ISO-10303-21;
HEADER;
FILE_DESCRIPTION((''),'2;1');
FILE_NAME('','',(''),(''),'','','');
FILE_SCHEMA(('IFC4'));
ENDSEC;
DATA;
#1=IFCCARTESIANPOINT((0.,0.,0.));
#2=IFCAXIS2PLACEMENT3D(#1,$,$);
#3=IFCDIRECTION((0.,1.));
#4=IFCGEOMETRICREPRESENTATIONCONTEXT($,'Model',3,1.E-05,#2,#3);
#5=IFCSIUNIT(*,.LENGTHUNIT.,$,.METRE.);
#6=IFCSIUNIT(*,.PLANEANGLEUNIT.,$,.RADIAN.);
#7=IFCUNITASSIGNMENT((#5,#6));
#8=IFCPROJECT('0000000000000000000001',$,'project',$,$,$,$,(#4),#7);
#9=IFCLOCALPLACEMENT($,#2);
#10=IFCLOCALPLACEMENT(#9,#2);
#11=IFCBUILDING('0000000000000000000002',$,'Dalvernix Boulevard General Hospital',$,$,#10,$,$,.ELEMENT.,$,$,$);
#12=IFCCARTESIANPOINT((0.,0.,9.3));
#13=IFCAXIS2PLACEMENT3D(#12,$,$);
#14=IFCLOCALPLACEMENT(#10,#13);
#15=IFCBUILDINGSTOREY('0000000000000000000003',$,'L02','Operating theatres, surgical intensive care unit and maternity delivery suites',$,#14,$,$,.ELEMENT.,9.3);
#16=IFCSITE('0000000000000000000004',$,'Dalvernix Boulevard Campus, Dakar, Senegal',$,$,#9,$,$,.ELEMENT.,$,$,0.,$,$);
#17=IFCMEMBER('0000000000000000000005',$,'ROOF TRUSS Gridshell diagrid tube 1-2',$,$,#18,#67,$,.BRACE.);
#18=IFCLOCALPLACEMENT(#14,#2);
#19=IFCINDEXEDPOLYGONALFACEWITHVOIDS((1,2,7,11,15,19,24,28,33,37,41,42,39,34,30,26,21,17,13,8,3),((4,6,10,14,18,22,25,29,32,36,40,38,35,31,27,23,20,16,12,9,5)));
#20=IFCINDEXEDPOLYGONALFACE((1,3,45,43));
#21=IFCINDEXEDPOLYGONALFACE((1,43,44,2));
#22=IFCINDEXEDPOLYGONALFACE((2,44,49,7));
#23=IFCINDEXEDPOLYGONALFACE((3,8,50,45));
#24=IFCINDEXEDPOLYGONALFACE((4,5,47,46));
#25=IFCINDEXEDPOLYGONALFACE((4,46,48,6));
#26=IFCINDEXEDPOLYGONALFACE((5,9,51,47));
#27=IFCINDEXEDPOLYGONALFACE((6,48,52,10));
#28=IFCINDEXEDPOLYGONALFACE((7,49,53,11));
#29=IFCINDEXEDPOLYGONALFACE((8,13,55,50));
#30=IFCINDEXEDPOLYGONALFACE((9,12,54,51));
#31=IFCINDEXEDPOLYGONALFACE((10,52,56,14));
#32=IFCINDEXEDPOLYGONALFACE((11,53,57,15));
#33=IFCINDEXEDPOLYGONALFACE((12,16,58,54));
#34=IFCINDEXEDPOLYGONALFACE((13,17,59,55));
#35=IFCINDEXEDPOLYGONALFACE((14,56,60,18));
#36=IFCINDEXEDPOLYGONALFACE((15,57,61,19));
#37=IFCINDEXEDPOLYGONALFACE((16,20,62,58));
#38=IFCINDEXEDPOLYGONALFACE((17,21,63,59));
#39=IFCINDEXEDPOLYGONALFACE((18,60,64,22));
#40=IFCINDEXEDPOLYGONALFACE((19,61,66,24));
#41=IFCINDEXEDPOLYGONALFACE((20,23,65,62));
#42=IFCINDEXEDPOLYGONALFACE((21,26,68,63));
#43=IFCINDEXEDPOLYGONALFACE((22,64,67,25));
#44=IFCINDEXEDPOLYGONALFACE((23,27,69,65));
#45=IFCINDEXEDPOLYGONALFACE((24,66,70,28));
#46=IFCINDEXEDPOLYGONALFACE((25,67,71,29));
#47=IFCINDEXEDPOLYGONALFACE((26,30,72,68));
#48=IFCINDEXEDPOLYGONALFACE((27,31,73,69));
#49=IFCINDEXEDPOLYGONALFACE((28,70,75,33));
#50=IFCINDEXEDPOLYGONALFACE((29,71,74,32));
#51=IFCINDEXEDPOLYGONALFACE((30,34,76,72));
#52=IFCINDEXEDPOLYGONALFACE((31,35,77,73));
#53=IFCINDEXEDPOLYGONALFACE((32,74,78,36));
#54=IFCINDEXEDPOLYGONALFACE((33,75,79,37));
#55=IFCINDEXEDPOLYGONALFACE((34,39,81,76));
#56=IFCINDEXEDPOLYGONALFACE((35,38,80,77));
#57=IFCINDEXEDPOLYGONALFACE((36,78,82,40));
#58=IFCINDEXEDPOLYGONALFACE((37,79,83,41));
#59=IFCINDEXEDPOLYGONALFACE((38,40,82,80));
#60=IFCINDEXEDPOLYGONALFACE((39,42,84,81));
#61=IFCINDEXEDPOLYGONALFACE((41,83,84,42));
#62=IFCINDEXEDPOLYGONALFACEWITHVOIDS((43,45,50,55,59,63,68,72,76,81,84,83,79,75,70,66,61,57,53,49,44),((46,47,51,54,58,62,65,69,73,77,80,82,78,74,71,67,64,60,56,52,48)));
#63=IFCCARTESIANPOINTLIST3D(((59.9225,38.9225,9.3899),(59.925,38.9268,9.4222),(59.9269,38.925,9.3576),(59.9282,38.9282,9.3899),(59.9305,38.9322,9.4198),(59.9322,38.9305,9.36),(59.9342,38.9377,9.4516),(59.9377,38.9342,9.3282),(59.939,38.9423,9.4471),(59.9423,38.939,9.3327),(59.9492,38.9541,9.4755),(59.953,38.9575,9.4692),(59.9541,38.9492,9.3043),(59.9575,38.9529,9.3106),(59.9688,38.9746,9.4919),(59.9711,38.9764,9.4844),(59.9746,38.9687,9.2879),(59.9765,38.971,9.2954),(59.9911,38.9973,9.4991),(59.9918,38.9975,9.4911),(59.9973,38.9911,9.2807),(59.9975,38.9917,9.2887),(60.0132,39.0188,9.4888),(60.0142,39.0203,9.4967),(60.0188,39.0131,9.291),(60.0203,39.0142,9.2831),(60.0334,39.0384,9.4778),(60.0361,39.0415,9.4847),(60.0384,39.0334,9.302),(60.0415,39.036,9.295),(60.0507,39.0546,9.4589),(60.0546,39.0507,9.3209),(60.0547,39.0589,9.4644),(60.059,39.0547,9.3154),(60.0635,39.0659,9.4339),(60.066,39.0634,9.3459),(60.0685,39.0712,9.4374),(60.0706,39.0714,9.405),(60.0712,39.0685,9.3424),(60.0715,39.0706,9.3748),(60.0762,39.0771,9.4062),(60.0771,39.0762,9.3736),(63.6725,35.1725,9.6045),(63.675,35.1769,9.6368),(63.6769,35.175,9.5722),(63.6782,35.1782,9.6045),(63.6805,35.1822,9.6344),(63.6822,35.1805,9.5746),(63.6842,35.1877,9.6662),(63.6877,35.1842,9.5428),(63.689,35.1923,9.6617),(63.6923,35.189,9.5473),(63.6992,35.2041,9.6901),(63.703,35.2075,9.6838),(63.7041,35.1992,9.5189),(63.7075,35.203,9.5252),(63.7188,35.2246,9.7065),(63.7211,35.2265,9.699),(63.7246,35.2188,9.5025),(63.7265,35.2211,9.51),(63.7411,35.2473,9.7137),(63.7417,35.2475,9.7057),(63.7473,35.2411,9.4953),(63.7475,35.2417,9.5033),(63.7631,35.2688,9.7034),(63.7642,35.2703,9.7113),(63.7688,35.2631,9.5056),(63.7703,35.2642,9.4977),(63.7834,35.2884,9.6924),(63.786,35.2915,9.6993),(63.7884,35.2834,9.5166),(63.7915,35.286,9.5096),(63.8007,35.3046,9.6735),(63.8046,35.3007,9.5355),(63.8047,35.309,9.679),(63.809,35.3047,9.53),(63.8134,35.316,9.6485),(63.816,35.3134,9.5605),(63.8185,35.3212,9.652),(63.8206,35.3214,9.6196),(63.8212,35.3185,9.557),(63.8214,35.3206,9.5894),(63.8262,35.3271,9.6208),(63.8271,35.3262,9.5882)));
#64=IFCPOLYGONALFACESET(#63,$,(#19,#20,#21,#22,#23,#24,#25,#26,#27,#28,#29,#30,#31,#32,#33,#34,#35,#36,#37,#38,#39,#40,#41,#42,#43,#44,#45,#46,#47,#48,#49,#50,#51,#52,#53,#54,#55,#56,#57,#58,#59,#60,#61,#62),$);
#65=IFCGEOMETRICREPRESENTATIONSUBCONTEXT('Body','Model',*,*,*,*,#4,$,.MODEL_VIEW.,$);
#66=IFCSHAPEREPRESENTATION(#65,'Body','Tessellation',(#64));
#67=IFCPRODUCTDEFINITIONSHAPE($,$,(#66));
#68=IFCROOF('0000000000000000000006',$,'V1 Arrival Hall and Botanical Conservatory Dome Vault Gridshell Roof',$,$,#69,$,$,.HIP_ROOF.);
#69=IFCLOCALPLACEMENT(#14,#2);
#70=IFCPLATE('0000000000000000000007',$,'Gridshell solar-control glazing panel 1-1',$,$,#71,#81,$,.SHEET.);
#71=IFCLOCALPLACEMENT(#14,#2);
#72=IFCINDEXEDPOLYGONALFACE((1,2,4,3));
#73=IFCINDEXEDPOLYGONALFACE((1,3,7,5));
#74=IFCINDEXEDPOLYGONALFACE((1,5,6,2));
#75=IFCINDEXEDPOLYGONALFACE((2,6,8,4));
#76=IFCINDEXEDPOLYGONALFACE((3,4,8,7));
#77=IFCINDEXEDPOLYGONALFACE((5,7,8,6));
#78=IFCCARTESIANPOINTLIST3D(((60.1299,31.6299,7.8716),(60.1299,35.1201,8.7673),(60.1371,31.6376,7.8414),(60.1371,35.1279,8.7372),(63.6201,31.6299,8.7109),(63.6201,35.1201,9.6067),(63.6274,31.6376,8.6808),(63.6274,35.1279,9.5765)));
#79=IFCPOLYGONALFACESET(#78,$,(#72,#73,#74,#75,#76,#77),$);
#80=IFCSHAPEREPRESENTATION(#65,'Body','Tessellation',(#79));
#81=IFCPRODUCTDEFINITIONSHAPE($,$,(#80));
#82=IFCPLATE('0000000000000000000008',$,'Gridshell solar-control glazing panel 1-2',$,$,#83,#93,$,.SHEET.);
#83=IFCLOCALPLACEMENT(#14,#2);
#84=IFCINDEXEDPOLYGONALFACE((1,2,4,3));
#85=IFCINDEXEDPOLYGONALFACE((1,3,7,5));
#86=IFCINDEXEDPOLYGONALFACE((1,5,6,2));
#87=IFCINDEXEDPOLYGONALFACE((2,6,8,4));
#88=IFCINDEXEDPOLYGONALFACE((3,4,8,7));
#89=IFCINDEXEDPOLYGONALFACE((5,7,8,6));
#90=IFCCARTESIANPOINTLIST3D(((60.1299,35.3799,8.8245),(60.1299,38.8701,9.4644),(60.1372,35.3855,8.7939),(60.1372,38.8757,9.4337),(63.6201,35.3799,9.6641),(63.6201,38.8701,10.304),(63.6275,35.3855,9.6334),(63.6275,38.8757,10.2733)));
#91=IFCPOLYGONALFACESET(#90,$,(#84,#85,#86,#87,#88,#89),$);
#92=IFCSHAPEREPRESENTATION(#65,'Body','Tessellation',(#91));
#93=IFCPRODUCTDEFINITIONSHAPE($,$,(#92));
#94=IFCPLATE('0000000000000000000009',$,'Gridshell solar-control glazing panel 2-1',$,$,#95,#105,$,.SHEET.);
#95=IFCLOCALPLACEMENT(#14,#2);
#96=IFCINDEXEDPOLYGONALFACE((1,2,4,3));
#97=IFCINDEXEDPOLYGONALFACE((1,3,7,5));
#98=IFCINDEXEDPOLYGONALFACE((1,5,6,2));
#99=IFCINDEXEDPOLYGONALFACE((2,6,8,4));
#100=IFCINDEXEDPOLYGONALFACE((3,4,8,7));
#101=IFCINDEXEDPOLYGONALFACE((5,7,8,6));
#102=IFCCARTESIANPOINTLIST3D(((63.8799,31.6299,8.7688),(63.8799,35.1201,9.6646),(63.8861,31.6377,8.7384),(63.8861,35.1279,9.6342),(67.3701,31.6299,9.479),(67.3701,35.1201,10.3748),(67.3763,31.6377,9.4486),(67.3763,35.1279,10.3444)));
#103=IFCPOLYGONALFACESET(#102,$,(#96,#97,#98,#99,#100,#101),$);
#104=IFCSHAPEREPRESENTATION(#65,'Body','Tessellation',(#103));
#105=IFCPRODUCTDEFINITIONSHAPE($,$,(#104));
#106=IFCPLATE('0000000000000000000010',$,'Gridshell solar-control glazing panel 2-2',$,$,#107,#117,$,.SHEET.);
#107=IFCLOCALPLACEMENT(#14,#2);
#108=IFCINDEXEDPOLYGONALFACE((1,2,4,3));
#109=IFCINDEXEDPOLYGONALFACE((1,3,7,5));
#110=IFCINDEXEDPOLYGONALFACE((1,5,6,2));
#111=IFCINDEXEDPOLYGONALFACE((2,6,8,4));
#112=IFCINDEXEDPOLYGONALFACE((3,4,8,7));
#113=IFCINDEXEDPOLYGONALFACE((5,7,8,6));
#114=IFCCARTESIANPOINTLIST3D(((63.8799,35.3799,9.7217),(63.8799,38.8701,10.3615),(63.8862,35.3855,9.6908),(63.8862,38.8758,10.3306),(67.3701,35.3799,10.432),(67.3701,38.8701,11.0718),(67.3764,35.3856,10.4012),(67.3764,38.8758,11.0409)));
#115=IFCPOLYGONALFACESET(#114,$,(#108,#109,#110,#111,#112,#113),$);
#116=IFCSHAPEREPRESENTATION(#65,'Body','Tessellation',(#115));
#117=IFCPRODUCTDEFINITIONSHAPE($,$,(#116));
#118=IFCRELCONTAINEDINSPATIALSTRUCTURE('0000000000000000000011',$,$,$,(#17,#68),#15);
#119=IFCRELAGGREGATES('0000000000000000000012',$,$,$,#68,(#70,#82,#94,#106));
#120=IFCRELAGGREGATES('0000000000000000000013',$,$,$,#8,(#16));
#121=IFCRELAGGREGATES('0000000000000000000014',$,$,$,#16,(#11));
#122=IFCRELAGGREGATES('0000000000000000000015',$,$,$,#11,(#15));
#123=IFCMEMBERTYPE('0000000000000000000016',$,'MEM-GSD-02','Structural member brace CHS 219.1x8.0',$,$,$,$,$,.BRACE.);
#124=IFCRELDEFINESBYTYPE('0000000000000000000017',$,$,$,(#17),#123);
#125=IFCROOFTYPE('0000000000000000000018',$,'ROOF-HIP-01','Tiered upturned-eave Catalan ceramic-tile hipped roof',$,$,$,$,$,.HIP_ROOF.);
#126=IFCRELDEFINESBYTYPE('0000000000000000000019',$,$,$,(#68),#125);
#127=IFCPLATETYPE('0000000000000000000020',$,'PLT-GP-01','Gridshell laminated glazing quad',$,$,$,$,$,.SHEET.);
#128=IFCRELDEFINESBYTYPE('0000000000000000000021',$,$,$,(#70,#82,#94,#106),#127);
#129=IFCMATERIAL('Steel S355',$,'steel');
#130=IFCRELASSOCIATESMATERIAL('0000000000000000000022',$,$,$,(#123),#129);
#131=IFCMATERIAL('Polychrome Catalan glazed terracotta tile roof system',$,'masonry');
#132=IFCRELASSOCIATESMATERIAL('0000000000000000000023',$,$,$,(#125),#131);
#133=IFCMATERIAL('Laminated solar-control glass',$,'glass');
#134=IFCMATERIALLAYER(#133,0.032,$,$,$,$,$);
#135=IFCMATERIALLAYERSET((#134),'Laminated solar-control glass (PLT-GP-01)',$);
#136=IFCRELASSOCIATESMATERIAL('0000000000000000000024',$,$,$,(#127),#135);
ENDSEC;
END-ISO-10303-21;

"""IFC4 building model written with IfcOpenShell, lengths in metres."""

from ifc_helpers import new_model, si_unit, direction, frame, origin, origin_2d, place, context, subcontext, project, spatial, polyline, hollow_circle, outline, extrude, material, layer, layer_set, material_profile, profile_set, type_object, element, aggregate, save


model = new_model("IFC4")

# Units and contexts
model_context = context("Model", 3, precision=1e-05, world=origin(), true_north=direction((0.0, 1.0)))
body_context = subcontext(model_context, "Body", "Model", "MODEL_VIEW")
ifc_project = project(units=[si_unit("LENGTHUNIT", "METRE"), si_unit("PLANEANGLEUNIT", "RADIAN")], contexts=[model_context])

# Site, building, storey
site_placement = place(None, origin())
site = spatial("IfcSite", under=ifc_project, at=site_placement, Name="Dalvernix Boulevard Campus, Dakar, Senegal", CompositionType="ELEMENT", RefElevation=0.0)
building_placement = place(site_placement, origin())
building = spatial("IfcBuilding", under=site, at=building_placement, Name="Dalvernix Boulevard General Hospital", CompositionType="ELEMENT")
storey_placement = place(building_placement, frame((0.0, 0.0, 9.3)))
storey = spatial("IfcBuildingStorey", under=building, at=storey_placement, Name="L02", Description="Operating theatres, surgical intensive care unit and maternity delivery suites", CompositionType="ELEMENT", Elevation=9.3)

# Shared definitions
ifc_material_1 = material(Name="Steel S355", Category="steel")

# Member
ifc_material_profile_1 = material_profile(ifc_material_1, hollow_circle(Radius=0.1096, WallThickness=0.0081, at=origin_2d()), Name="CHS 219.1x8.0")
ifc_profile_set_1 = profile_set([ifc_material_profile_1], Name="Steel S355")
member_type_1 = type_object("IfcMemberType", Name="MEM-GSD-02", Description="Structural member brace CHS 219.1x8.0", PredefinedType="BRACE", material=ifc_profile_set_1)
member_1_placement = place(storey_placement, frame((63.75, 35.25, 9.6045), z_axis=(-0.706529, 0.706529, -0.040432), x_axis=(-0.707107, -0.707107, 0.0)))
element("IfcMember", 1, at=member_1_placement, inside=storey, type_object=member_type_1, Name="ROOF TRUSS Gridshell diagrid tube 1-2", PredefinedType="BRACE", context=body_context, shape_type="SweptSolid", body=[
    extrude(hollow_circle(Radius=0.1096, WallThickness=0.0081, at=origin_2d()), origin(), (0.0, 0.0, 1.0), 5.3076),
])

# Roof, plates
ifc_material_2 = material(Name="Polychrome Catalan glazed terracotta tile roof system", Category="masonry")
roof_type = type_object("IfcRoofType", Name="ROOF-HIP-01", Description="Tiered upturned-eave Catalan ceramic-tile hipped roof", PredefinedType="HIP_ROOF", material=ifc_material_2)
roof_placement = place(storey_placement, origin())
roof = element("IfcRoof", 2, at=roof_placement, inside=storey, type_object=roof_type, Name="V1 Arrival Hall and Botanical Conservatory Dome Vault Gridshell Roof", PredefinedType="HIP_ROOF")
ifc_material_3 = material(Name="Laminated solar-control glass", Category="glass")
ifc_layer_1 = layer(ifc_material_3, 0.032)
ifc_layer_set_1 = layer_set([ifc_layer_1], Name="Laminated solar-control glass (PLT-GP-01)")
plate_type = type_object("IfcPlateType", Name="PLT-GP-01", Description="Gridshell laminated glazing quad", PredefinedType="SHEET", material=ifc_layer_set_1)
plate_1_placement = place(storey_placement, frame((60.1299, 31.6299, 7.8716), z_axis=(-0.226864, -0.242107, 0.943354), x_axis=(0.97228, 0.0, 0.233821)))
plate_1 = element("IfcPlate", 3, at=plate_1_placement, type_object=plate_type, Name="Gridshell solar-control glazing panel 1-1", PredefinedType="SHEET", context=body_context, shape_type="SweptSolid", body=[
    extrude(outline(polyline([(0.0, 0.0), (3.5897, 0.0), (3.7992, 3.5973), (0.2094, 3.5973), (0.0, 0.0)])), origin(), (0.0, 0.0, -1.0), 0.032),
])
plate_2_placement = place(storey_placement, frame((60.1299, 35.3799, 8.8245), z_axis=(-0.230255, -0.175487, 0.957177), x_axis=(0.972264, 0.0, 0.233885)))
plate_2 = element("IfcPlate", 4, at=plate_2_placement, type_object=plate_type, Name="Gridshell solar-control glazing panel 1-2", PredefinedType="SHEET", context=body_context, shape_type="SweptSolid", body=[
    extrude(outline(polyline([(0.0, 0.0), (3.5898, 0.0), (3.7395, 3.5453), (0.1497, 3.5453), (0.0, 0.0)])), origin(), (0.0, 0.0, -1.0), 0.032),
])
plate_3_placement = place(storey_placement, frame((63.8799, 31.6299, 8.7688), z_axis=(-0.193376, -0.243897, 0.950326), x_axis=(0.979919, 0.0, 0.199397)))
plate_3 = element("IfcPlate", 5, at=plate_3_placement, type_object=plate_type, Name="Gridshell solar-control glazing panel 2-1", PredefinedType="SHEET", context=body_context, shape_type="SweptSolid", body=[
    extrude(outline(polyline([(0.0, 0.0), (3.5618, 0.0), (3.7404, 3.5989), (0.1786, 3.5989), (0.0, 0.0)])), origin(), (0.0, 0.0, -1.0), 0.032),
])
plate_4_placement = place(storey_placement, frame((63.8799, 35.3799, 9.7217), z_axis=(-0.196289, -0.176792, 0.964477), x_axis=(0.979912, 0.000006, 0.199431)))
plate_4 = element("IfcPlate", 6, at=plate_4_placement, type_object=plate_type, Name="Gridshell solar-control glazing panel 2-2", PredefinedType="SHEET", context=body_context, shape_type="SweptSolid", body=[
    extrude(outline(polyline([(0.0, 0.0), (3.5618, 0.0), (3.6894, 3.5461), (0.1276, 3.5461), (0.0, 0.0)])), origin(), (0.0, 0.0, -1.0), 0.032),
])
aggregate(roof, [plate_1, plate_2, plate_3, plate_4])

save(model, "model.ifc")
